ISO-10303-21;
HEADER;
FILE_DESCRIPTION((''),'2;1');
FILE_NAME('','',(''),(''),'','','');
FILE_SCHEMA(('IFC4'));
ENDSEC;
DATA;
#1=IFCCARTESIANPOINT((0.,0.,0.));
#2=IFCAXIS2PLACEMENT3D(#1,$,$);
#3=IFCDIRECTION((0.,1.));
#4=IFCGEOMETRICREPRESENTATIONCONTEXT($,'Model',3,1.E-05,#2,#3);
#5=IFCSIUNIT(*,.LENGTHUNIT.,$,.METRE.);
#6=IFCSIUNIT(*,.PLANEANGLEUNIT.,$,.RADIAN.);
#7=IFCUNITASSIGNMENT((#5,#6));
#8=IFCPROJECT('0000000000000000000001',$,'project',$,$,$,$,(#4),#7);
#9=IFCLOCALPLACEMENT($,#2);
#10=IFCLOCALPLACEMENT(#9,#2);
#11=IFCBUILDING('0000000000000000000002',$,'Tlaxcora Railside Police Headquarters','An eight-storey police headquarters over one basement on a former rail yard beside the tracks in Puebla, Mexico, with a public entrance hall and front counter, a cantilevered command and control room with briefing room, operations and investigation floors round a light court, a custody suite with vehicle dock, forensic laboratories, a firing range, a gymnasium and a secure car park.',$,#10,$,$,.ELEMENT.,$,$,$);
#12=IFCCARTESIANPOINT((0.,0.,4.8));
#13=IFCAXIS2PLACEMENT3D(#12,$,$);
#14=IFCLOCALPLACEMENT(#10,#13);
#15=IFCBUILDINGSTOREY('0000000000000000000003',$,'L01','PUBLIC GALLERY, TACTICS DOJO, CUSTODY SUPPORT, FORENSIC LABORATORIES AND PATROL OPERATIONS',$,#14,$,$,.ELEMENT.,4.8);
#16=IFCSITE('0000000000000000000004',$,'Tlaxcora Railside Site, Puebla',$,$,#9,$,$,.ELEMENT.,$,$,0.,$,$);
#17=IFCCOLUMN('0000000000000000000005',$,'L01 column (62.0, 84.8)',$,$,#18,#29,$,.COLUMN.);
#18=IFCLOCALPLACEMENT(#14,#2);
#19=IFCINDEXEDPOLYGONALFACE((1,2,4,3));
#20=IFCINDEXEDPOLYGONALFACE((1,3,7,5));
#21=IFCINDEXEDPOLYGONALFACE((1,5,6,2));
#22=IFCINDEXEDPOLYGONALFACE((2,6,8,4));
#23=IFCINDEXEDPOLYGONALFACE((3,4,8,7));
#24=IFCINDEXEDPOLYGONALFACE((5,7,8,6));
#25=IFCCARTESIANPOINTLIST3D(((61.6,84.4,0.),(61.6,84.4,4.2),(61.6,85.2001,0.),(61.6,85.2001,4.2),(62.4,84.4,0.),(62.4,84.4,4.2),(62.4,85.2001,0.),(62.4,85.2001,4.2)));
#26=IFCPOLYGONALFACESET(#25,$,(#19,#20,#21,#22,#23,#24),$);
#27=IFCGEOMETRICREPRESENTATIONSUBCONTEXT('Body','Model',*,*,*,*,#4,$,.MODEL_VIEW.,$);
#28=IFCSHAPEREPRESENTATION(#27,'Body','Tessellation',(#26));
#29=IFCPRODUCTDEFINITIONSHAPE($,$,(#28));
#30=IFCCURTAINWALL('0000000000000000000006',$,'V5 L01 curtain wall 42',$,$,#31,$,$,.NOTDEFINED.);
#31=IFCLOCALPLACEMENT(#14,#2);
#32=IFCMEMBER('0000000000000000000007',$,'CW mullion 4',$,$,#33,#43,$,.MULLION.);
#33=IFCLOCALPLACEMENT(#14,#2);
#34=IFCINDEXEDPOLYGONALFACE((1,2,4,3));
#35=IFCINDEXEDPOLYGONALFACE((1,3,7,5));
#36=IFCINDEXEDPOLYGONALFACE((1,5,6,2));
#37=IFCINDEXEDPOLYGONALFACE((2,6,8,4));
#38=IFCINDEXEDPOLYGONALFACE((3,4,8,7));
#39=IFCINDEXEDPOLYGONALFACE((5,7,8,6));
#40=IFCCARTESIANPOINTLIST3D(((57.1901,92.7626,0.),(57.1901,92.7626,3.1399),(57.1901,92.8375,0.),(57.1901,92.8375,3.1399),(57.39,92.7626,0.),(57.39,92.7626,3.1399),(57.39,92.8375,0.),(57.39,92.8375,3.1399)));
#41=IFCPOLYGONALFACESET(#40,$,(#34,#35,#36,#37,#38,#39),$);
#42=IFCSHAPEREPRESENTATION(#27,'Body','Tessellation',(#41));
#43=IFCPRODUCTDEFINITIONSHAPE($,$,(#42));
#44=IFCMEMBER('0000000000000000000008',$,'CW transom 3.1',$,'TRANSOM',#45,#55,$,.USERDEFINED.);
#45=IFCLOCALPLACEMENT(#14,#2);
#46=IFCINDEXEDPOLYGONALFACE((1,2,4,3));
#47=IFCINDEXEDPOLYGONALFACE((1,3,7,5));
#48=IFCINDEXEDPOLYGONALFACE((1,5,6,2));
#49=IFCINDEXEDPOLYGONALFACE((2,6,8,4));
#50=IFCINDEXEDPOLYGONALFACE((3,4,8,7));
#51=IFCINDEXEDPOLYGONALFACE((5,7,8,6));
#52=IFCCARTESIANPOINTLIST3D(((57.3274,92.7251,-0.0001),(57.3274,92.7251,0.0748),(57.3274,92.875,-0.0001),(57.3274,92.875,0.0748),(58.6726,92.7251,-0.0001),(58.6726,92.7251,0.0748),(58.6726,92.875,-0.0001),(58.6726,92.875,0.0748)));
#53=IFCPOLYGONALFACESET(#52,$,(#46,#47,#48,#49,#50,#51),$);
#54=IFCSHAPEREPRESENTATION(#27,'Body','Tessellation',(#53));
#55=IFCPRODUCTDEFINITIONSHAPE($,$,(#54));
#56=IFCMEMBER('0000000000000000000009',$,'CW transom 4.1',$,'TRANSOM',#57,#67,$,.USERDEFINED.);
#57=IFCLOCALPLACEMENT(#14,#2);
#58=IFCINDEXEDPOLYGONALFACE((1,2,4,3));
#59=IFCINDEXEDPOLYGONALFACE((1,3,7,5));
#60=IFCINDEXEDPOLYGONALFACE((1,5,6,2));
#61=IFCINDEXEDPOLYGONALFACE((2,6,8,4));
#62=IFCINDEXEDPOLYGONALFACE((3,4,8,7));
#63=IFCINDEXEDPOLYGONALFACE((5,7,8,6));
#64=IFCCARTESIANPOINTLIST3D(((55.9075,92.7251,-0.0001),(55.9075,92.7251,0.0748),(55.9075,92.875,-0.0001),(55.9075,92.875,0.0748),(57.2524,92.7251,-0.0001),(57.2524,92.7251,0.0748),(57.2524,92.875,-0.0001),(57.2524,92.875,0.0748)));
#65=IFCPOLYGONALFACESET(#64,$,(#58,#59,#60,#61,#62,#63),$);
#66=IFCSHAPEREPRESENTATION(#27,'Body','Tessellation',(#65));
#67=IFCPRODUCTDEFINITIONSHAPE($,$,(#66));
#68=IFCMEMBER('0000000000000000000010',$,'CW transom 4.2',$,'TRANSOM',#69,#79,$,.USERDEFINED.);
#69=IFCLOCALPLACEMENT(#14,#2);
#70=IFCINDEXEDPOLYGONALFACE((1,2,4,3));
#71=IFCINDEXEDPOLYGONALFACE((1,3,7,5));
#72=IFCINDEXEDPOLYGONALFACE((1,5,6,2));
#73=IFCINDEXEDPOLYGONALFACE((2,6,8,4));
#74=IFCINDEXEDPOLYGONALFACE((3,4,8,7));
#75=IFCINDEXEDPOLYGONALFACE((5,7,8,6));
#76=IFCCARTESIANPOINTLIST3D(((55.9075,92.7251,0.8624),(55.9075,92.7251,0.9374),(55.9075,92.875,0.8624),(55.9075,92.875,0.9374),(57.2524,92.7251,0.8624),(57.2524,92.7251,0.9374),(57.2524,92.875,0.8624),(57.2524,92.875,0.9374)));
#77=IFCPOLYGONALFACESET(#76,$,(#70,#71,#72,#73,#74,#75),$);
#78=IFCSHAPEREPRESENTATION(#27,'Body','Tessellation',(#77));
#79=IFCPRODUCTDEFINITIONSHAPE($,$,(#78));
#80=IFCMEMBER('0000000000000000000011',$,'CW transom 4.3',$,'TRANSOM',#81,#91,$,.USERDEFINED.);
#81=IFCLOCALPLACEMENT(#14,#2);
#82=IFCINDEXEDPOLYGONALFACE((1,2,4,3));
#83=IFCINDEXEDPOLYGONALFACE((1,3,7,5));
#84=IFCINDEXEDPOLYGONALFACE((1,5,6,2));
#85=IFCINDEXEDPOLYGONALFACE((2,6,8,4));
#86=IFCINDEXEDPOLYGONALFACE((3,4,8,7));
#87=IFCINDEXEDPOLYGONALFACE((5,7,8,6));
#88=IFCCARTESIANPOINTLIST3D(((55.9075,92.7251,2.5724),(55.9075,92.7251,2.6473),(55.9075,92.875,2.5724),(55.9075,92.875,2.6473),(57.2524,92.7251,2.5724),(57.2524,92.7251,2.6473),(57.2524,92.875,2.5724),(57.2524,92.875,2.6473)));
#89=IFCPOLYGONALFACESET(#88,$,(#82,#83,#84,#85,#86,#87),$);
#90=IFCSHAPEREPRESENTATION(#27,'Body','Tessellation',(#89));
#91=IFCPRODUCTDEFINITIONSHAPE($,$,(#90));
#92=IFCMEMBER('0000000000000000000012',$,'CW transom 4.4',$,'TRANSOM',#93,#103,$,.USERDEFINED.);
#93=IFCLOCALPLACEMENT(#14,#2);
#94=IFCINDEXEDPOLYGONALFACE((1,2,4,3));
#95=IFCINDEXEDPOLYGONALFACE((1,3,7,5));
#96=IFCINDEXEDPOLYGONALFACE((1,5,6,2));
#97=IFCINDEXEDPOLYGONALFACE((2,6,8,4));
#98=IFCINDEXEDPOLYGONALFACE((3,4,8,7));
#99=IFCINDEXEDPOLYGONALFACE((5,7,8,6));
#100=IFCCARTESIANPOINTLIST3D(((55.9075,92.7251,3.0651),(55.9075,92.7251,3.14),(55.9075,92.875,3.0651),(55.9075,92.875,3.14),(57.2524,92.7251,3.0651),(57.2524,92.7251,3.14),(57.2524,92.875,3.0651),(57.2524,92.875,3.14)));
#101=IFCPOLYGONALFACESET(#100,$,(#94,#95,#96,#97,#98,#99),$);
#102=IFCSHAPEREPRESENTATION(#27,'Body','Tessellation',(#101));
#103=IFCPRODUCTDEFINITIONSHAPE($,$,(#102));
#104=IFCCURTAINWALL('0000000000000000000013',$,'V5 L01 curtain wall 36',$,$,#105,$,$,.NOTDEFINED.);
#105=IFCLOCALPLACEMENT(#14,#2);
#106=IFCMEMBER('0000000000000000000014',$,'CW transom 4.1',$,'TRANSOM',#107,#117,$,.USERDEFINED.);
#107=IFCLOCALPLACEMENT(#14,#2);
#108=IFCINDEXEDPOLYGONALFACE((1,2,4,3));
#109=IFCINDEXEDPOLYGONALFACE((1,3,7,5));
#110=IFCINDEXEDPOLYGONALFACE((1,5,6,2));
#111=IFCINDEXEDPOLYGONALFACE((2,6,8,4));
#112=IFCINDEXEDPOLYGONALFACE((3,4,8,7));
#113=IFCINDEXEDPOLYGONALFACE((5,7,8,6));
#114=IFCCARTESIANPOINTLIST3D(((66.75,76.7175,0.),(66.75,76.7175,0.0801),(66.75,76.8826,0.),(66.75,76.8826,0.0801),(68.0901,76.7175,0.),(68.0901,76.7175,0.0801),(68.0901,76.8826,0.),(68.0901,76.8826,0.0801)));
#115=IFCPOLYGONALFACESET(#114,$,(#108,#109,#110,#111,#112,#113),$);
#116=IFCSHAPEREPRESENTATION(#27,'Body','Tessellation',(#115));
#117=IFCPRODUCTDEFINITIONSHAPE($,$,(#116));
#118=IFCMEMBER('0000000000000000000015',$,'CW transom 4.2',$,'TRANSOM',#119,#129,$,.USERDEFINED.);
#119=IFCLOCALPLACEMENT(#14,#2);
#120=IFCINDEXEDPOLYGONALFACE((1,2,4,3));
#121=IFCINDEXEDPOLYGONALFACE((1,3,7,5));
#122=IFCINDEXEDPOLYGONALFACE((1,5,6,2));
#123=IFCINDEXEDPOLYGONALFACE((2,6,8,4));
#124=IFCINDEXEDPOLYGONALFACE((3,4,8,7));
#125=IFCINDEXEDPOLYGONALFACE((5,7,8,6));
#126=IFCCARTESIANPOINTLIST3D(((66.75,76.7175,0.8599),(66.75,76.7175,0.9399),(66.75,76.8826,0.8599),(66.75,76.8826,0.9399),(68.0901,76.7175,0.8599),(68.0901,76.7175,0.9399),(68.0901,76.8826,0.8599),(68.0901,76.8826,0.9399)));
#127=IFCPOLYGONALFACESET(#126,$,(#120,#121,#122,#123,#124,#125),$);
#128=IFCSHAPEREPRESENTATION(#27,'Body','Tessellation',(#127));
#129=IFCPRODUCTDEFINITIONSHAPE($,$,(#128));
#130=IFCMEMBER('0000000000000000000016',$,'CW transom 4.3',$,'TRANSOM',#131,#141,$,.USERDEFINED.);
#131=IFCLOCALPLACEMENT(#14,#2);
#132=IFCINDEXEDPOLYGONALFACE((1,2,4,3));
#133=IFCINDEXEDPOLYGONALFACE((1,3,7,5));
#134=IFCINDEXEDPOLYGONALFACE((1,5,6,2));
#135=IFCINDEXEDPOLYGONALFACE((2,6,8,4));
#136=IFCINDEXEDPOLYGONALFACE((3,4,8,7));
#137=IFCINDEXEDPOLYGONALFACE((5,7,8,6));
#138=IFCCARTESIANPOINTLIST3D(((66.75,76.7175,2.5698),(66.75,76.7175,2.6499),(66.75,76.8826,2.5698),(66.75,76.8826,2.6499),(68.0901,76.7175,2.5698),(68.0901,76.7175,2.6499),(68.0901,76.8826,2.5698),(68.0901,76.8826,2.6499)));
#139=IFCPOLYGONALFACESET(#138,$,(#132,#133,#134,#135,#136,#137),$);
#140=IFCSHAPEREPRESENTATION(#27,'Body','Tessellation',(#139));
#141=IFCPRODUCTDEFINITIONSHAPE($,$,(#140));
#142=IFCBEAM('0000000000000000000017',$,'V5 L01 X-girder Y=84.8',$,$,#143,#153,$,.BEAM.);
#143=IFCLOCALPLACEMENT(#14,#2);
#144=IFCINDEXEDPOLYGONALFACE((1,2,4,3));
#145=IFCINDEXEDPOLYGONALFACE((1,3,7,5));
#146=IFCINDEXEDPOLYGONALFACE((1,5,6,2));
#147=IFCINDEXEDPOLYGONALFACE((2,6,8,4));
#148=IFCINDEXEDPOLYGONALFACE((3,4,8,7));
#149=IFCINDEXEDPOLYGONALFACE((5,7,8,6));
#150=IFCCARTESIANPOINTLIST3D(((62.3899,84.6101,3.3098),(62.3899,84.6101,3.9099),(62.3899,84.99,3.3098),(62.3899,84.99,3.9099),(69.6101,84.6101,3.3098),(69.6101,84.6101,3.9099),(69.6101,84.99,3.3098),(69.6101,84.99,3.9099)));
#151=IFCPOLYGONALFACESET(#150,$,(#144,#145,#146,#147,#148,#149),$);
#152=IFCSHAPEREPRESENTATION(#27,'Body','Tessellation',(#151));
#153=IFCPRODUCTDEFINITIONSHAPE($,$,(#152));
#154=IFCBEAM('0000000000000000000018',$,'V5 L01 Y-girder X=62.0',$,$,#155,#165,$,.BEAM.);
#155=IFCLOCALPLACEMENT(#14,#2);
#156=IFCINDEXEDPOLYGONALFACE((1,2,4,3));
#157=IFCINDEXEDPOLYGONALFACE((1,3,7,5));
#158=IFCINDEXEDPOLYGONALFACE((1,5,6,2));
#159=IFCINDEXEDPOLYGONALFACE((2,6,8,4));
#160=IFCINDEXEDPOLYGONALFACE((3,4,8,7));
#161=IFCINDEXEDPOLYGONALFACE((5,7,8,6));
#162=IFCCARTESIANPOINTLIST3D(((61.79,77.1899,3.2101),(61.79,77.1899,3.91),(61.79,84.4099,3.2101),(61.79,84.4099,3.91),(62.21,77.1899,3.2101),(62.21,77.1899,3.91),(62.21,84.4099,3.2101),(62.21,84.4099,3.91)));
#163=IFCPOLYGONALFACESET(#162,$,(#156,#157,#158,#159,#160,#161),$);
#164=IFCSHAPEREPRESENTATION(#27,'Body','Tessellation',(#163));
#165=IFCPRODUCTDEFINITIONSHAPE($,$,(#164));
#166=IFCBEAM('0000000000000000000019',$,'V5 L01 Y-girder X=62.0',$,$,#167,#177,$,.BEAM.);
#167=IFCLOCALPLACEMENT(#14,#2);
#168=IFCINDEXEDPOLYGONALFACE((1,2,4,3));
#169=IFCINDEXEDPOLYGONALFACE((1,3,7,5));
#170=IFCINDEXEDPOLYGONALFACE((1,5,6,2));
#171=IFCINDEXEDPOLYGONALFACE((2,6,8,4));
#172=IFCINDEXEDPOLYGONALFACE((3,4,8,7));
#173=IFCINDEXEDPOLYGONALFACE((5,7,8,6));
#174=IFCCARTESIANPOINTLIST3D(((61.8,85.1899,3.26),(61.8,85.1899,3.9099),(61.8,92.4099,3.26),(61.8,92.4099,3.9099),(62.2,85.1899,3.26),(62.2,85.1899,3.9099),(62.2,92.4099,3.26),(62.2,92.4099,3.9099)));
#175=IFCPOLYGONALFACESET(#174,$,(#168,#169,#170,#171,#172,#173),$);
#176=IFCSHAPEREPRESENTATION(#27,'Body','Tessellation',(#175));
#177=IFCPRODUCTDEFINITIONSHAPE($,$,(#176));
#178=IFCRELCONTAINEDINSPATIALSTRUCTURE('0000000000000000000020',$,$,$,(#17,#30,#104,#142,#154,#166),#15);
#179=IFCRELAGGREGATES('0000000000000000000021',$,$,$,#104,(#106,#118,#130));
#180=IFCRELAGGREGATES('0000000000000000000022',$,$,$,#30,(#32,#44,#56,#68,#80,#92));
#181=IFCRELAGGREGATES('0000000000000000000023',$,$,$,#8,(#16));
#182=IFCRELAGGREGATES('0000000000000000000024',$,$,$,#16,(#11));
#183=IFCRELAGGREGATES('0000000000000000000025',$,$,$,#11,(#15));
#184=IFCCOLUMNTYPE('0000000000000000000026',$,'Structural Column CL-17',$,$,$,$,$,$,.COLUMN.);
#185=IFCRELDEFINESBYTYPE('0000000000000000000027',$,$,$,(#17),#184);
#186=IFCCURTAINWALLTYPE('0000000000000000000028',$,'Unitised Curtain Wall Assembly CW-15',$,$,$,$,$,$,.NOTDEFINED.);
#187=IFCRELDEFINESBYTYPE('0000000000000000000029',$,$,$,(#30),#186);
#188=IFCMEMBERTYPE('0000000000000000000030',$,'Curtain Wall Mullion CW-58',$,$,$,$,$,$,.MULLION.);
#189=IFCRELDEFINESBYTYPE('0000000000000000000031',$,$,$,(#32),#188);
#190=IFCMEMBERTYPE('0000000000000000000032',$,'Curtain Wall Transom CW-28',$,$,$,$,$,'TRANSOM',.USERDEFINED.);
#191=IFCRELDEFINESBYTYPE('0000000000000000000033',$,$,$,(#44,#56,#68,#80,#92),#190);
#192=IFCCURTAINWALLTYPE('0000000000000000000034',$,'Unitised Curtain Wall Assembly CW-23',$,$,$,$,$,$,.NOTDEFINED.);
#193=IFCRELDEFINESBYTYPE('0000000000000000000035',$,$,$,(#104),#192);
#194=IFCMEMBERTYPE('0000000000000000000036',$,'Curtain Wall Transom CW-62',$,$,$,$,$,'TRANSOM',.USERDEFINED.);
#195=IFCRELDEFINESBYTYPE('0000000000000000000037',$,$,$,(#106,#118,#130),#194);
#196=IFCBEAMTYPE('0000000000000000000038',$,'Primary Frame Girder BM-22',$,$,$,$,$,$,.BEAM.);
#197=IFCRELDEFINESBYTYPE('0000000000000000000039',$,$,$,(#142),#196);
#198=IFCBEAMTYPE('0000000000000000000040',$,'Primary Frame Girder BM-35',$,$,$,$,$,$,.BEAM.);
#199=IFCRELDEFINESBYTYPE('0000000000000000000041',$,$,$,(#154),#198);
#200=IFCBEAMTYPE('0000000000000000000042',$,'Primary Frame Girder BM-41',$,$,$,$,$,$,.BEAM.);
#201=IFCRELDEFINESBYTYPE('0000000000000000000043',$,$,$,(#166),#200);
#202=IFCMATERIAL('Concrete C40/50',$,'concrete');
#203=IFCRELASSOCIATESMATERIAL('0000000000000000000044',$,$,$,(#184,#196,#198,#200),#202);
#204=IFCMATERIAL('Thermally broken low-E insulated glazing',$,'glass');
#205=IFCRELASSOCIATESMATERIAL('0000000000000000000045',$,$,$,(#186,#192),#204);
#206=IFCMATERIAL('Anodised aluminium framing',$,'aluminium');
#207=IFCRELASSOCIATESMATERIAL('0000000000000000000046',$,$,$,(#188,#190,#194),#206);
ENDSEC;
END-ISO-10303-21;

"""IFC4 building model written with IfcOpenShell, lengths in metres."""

from ifc_helpers import new_model, si_unit, direction, frame, origin, origin_2d, place, context, subcontext, project, spatial, rectangle, extrude, material, material_profile, profile_set, type_object, element, aggregate, save


model = new_model("IFC4")

# Units and contexts
model_context = context("Model", 3, precision=1e-05, world=origin(), true_north=direction((0.0, 1.0)))
body_context = subcontext(model_context, "Body", "Model", "MODEL_VIEW")
ifc_project = project(units=[si_unit("LENGTHUNIT", "METRE"), si_unit("PLANEANGLEUNIT", "RADIAN")], contexts=[model_context])

# Site, building, storey
site_placement = place(None, origin())
site = spatial("IfcSite", under=ifc_project, at=site_placement, Name="Tlaxcora Railside Site, Puebla", CompositionType="ELEMENT", RefElevation=0.0)
building_placement = place(site_placement, origin())
building = spatial("IfcBuilding", under=site, at=building_placement, Name="Tlaxcora Railside Police Headquarters", Description="An eight-storey police headquarters over one basement on a former rail yard beside the tracks in Puebla, Mexico, with a public entrance hall and front counter, a cantilevered command and control room with briefing room, operations and investigation floors round a light court, a custody suite with vehicle dock, forensic laboratories, a firing range, a gymnasium and a secure car park.", CompositionType="ELEMENT")
storey_placement = place(building_placement, frame((0.0, 0.0, 4.8)))
storey = spatial("IfcBuildingStorey", under=building, at=storey_placement, Name="L01", Description="PUBLIC GALLERY, TACTICS DOJO, CUSTODY SUPPORT, FORENSIC LABORATORIES AND PATROL OPERATIONS", CompositionType="ELEMENT", Elevation=4.8)

# Column
ifc_material_1 = material(Name="Concrete C40/50", Category="concrete")
ifc_material_profile_1 = material_profile(ifc_material_1, rectangle(XDim=0.8, YDim=0.8, at=origin_2d()), Name="RC800X800")
ifc_profile_set_1 = profile_set([ifc_material_profile_1], Name="Concrete C40/50")
column_type = type_object("IfcColumnType", Name="Structural Column CL-17", PredefinedType="COLUMN", material=ifc_profile_set_1)
column_placement = place(storey_placement, frame((62.0, 84.8, 0.0), z_axis=(0.0, 0.0, 1.0), x_axis=(1.0, 0.0, 0.0)))
element("IfcColumn", 1, at=column_placement, inside=storey, type_object=column_type, Name="L01 column (62.0, 84.8)", PredefinedType="COLUMN", context=body_context, shape_type="SweptSolid", body=[
    extrude(rectangle(XDim=0.8, YDim=0.8, at=origin_2d()), origin(), (0.0, 0.0, 1.0), 4.2),
])

# Curtain walls, members
ifc_material_2 = material(Name="Thermally broken low-E insulated glazing", Category="glass")
curtain_wall_type_1 = type_object("IfcCurtainWallType", Name="Unitised Curtain Wall Assembly CW-15", PredefinedType="NOTDEFINED", material=ifc_material_2)
curtain_wall_1_placement = place(storey_placement, origin())
curtain_wall_1 = element("IfcCurtainWall", 2, at=curtain_wall_1_placement, inside=storey, type_object=curtain_wall_type_1, Name="V5 L01 curtain wall 42", PredefinedType="NOTDEFINED")
ifc_material_3 = material(Name="Anodised aluminium framing", Category="aluminium")
ifc_material_profile_2 = material_profile(ifc_material_3, rectangle(XDim=0.075, YDim=0.2, at=origin_2d()), Name="AL75X200")
ifc_profile_set_2 = profile_set([ifc_material_profile_2], Name="Anodised aluminium framing")
member_type_1 = type_object("IfcMemberType", Name="Curtain Wall Mullion CW-58", PredefinedType="MULLION", material=ifc_profile_set_2)
member_1_placement = place(storey_placement, frame((57.29, 92.8, 0.0), z_axis=(0.0, 0.0, 1.0), x_axis=(0.0, -1.0, 0.0)))
member_1 = element("IfcMember", 3, at=member_1_placement, type_object=member_type_1, Name="CW mullion 4", PredefinedType="MULLION", context=body_context, shape_type="SweptSolid", body=[
    extrude(rectangle(XDim=0.075, YDim=0.2, at=origin_2d()), origin(), (0.0, 0.0, 1.0), 3.1399),
])
ifc_material_profile_3 = material_profile(ifc_material_3, rectangle(XDim=0.1499, YDim=0.075, at=origin_2d()), Name="AL75X150")
ifc_profile_set_3 = profile_set([ifc_material_profile_3], Name="Anodised aluminium framing")
member_type_2 = type_object("IfcMemberType", Name="Curtain Wall Transom CW-28", ElementType="TRANSOM", PredefinedType="USERDEFINED", material=ifc_profile_set_3)
member_2_placement = place(storey_placement, frame((58.6726, 92.8, 0.0374), z_axis=(-1.0, 0.0, 0.0), x_axis=(0.0, -1.0, 0.0)))
member_2 = element("IfcMember", 4, at=member_2_placement, type_object=member_type_2, Name="CW transom 3.1", ObjectType="TRANSOM", PredefinedType="USERDEFINED", context=body_context, shape_type="SweptSolid", body=[
    extrude(rectangle(XDim=0.1499, YDim=0.075, at=origin_2d()), origin(), (0.0, 0.0, 1.0), 1.3452),
])
member_3_placement = place(storey_placement, frame((57.2524, 92.8, 0.0374), z_axis=(-1.0, 0.0, 0.0), x_axis=(0.0, -1.0, 0.0)))
member_3 = element("IfcMember", 5, at=member_3_placement, type_object=member_type_2, Name="CW transom 4.1", ObjectType="TRANSOM", PredefinedType="USERDEFINED", context=body_context, shape_type="SweptSolid", body=[
    extrude(rectangle(XDim=0.1499, YDim=0.075, at=origin_2d()), origin(), (0.0, 0.0, 1.0), 1.345),
])
member_4_placement = place(storey_placement, frame((57.2524, 92.8, 0.8999), z_axis=(-1.0, 0.0, 0.0), x_axis=(0.0, -1.0, 0.0)))
member_4 = element("IfcMember", 6, at=member_4_placement, type_object=member_type_2, Name="CW transom 4.2", ObjectType="TRANSOM", PredefinedType="USERDEFINED", context=body_context, shape_type="SweptSolid", body=[
    extrude(rectangle(XDim=0.1499, YDim=0.075, at=origin_2d()), origin(), (0.0, 0.0, 1.0), 1.345),
])
member_5_placement = place(storey_placement, frame((57.2524, 92.8, 2.6099), z_axis=(-1.0, 0.0, 0.0), x_axis=(0.0, -1.0, 0.0)))
member_5 = element("IfcMember", 7, at=member_5_placement, type_object=member_type_2, Name="CW transom 4.3", ObjectType="TRANSOM", PredefinedType="USERDEFINED", context=body_context, shape_type="SweptSolid", body=[
    extrude(rectangle(XDim=0.1499, YDim=0.075, at=origin_2d()), origin(), (0.0, 0.0, 1.0), 1.345),
])
member_6_placement = place(storey_placement, frame((57.2524, 92.8, 3.1025), z_axis=(-1.0, 0.0, 0.0), x_axis=(0.0, -1.0, 0.0)))
member_6 = element("IfcMember", 8, at=member_6_placement, type_object=member_type_2, Name="CW transom 4.4", ObjectType="TRANSOM", PredefinedType="USERDEFINED", context=body_context, shape_type="SweptSolid", body=[
    extrude(rectangle(XDim=0.1499, YDim=0.075, at=origin_2d()), origin(), (0.0, 0.0, 1.0), 1.345),
])
curtain_wall_type_2 = type_object("IfcCurtainWallType", Name="Unitised Curtain Wall Assembly CW-23", PredefinedType="NOTDEFINED", material=ifc_material_2)
curtain_wall_2_placement = place(storey_placement, origin())
curtain_wall_2 = element("IfcCurtainWall", 9, at=curtain_wall_2_placement, inside=storey, type_object=curtain_wall_type_2, Name="V5 L01 curtain wall 36", PredefinedType="NOTDEFINED")
ifc_material_profile_4 = material_profile(ifc_material_3, rectangle(XDim=0.165, YDim=0.0801, at=origin_2d()), Name="AL80X165")
ifc_profile_set_4 = profile_set([ifc_material_profile_4], Name="Anodised aluminium framing")
member_type_3 = type_object("IfcMemberType", Name="Curtain Wall Transom CW-62", ElementType="TRANSOM", PredefinedType="USERDEFINED", material=ifc_profile_set_4)
member_7_placement = place(storey_placement, frame((66.75, 76.8, 0.04), z_axis=(1.0, 0.0, 0.0), x_axis=(0.0, 1.0, 0.0)))
member_7 = element("IfcMember", 10, at=member_7_placement, type_object=member_type_3, Name="CW transom 4.1", ObjectType="TRANSOM", PredefinedType="USERDEFINED", context=body_context, shape_type="SweptSolid", body=[
    extrude(rectangle(XDim=0.165, YDim=0.0801, at=origin_2d()), origin(), (0.0, 0.0, 1.0), 1.3401),
])
member_8_placement = place(storey_placement, frame((66.75, 76.8, 0.8999), z_axis=(1.0, 0.0, 0.0), x_axis=(0.0, 1.0, 0.0)))
member_8 = element("IfcMember", 11, at=member_8_placement, type_object=member_type_3, Name="CW transom 4.2", ObjectType="TRANSOM", PredefinedType="USERDEFINED", context=body_context, shape_type="SweptSolid", body=[
    extrude(rectangle(XDim=0.165, YDim=0.0801, at=origin_2d()), origin(), (0.0, 0.0, 1.0), 1.3401),
])
member_9_placement = place(storey_placement, frame((66.75, 76.8, 2.6099), z_axis=(1.0, 0.0, 0.0), x_axis=(0.0, 1.0, 0.0)))
member_9 = element("IfcMember", 12, at=member_9_placement, type_object=member_type_3, Name="CW transom 4.3", ObjectType="TRANSOM", PredefinedType="USERDEFINED", context=body_context, shape_type="SweptSolid", body=[
    extrude(rectangle(XDim=0.165, YDim=0.0801, at=origin_2d()), origin(), (0.0, 0.0, 1.0), 1.3401),
])
aggregate(curtain_wall_2, [member_7, member_8, member_9])

# Beams
ifc_material_profile_5 = material_profile(ifc_material_1, rectangle(XDim=0.3799, YDim=0.6001, at=origin_2d()), Name="RC380X600")
ifc_profile_set_5 = profile_set([ifc_material_profile_5], Name="Concrete C40/50")
beam_type_1 = type_object("IfcBeamType", Name="Primary Frame Girder BM-22", PredefinedType="BEAM", material=ifc_profile_set_5)
beam_1_placement = place(storey_placement, frame((62.3899, 84.8, 3.6099), z_axis=(1.0, 0.0, 0.0), x_axis=(0.0, 1.0, 0.0)))
element("IfcBeam", 13, at=beam_1_placement, inside=storey, type_object=beam_type_1, Name="V5 L01 X-girder Y=84.8", PredefinedType="BEAM", context=body_context, shape_type="SweptSolid", body=[
    extrude(rectangle(XDim=0.3799, YDim=0.6001, at=origin_2d()), origin(), (0.0, 0.0, 1.0), 7.2202),
])
ifc_material_profile_6 = material_profile(ifc_material_1, rectangle(XDim=0.4199, YDim=0.7, at=origin_2d()), Name="RC420X700")
ifc_profile_set_6 = profile_set([ifc_material_profile_6], Name="Concrete C40/50")
beam_type_2 = type_object("IfcBeamType", Name="Primary Frame Girder BM-35", PredefinedType="BEAM", material=ifc_profile_set_6)
beam_2_placement = place(storey_placement, frame((62.0, 77.1899, 3.5601), z_axis=(0.0, 1.0, 0.0), x_axis=(-1.0, 0.0, 0.0)))
element("IfcBeam", 14, at=beam_2_placement, inside=storey, type_object=beam_type_2, Name="V5 L01 Y-girder X=62.0", PredefinedType="BEAM", context=body_context, shape_type="SweptSolid", body=[
    extrude(rectangle(XDim=0.4199, YDim=0.7, at=origin_2d()), origin(), (0.0, 0.0, 1.0), 7.22),
])
ifc_material_profile_7 = material_profile(ifc_material_1, rectangle(XDim=0.3999, YDim=0.6499, at=origin_2d()), Name="RC400X650")
ifc_profile_set_7 = profile_set([ifc_material_profile_7], Name="Concrete C40/50")
beam_type_3 = type_object("IfcBeamType", Name="Primary Frame Girder BM-41", PredefinedType="BEAM", material=ifc_profile_set_7)
beam_3_placement = place(storey_placement, frame((62.0, 85.1899, 3.585), z_axis=(0.0, 1.0, 0.0), x_axis=(-1.0, 0.0, 0.0)))
element("IfcBeam", 15, at=beam_3_placement, inside=storey, type_object=beam_type_3, Name="V5 L01 Y-girder X=62.0", PredefinedType="BEAM", context=body_context, shape_type="SweptSolid", body=[
    extrude(rectangle(XDim=0.3999, YDim=0.6499, at=origin_2d()), origin(), (0.0, 0.0, 1.0), 7.22),
])

aggregate(curtain_wall_1, [member_1, member_2, member_3, member_4, member_5, member_6])

save(model, "model.ifc")
